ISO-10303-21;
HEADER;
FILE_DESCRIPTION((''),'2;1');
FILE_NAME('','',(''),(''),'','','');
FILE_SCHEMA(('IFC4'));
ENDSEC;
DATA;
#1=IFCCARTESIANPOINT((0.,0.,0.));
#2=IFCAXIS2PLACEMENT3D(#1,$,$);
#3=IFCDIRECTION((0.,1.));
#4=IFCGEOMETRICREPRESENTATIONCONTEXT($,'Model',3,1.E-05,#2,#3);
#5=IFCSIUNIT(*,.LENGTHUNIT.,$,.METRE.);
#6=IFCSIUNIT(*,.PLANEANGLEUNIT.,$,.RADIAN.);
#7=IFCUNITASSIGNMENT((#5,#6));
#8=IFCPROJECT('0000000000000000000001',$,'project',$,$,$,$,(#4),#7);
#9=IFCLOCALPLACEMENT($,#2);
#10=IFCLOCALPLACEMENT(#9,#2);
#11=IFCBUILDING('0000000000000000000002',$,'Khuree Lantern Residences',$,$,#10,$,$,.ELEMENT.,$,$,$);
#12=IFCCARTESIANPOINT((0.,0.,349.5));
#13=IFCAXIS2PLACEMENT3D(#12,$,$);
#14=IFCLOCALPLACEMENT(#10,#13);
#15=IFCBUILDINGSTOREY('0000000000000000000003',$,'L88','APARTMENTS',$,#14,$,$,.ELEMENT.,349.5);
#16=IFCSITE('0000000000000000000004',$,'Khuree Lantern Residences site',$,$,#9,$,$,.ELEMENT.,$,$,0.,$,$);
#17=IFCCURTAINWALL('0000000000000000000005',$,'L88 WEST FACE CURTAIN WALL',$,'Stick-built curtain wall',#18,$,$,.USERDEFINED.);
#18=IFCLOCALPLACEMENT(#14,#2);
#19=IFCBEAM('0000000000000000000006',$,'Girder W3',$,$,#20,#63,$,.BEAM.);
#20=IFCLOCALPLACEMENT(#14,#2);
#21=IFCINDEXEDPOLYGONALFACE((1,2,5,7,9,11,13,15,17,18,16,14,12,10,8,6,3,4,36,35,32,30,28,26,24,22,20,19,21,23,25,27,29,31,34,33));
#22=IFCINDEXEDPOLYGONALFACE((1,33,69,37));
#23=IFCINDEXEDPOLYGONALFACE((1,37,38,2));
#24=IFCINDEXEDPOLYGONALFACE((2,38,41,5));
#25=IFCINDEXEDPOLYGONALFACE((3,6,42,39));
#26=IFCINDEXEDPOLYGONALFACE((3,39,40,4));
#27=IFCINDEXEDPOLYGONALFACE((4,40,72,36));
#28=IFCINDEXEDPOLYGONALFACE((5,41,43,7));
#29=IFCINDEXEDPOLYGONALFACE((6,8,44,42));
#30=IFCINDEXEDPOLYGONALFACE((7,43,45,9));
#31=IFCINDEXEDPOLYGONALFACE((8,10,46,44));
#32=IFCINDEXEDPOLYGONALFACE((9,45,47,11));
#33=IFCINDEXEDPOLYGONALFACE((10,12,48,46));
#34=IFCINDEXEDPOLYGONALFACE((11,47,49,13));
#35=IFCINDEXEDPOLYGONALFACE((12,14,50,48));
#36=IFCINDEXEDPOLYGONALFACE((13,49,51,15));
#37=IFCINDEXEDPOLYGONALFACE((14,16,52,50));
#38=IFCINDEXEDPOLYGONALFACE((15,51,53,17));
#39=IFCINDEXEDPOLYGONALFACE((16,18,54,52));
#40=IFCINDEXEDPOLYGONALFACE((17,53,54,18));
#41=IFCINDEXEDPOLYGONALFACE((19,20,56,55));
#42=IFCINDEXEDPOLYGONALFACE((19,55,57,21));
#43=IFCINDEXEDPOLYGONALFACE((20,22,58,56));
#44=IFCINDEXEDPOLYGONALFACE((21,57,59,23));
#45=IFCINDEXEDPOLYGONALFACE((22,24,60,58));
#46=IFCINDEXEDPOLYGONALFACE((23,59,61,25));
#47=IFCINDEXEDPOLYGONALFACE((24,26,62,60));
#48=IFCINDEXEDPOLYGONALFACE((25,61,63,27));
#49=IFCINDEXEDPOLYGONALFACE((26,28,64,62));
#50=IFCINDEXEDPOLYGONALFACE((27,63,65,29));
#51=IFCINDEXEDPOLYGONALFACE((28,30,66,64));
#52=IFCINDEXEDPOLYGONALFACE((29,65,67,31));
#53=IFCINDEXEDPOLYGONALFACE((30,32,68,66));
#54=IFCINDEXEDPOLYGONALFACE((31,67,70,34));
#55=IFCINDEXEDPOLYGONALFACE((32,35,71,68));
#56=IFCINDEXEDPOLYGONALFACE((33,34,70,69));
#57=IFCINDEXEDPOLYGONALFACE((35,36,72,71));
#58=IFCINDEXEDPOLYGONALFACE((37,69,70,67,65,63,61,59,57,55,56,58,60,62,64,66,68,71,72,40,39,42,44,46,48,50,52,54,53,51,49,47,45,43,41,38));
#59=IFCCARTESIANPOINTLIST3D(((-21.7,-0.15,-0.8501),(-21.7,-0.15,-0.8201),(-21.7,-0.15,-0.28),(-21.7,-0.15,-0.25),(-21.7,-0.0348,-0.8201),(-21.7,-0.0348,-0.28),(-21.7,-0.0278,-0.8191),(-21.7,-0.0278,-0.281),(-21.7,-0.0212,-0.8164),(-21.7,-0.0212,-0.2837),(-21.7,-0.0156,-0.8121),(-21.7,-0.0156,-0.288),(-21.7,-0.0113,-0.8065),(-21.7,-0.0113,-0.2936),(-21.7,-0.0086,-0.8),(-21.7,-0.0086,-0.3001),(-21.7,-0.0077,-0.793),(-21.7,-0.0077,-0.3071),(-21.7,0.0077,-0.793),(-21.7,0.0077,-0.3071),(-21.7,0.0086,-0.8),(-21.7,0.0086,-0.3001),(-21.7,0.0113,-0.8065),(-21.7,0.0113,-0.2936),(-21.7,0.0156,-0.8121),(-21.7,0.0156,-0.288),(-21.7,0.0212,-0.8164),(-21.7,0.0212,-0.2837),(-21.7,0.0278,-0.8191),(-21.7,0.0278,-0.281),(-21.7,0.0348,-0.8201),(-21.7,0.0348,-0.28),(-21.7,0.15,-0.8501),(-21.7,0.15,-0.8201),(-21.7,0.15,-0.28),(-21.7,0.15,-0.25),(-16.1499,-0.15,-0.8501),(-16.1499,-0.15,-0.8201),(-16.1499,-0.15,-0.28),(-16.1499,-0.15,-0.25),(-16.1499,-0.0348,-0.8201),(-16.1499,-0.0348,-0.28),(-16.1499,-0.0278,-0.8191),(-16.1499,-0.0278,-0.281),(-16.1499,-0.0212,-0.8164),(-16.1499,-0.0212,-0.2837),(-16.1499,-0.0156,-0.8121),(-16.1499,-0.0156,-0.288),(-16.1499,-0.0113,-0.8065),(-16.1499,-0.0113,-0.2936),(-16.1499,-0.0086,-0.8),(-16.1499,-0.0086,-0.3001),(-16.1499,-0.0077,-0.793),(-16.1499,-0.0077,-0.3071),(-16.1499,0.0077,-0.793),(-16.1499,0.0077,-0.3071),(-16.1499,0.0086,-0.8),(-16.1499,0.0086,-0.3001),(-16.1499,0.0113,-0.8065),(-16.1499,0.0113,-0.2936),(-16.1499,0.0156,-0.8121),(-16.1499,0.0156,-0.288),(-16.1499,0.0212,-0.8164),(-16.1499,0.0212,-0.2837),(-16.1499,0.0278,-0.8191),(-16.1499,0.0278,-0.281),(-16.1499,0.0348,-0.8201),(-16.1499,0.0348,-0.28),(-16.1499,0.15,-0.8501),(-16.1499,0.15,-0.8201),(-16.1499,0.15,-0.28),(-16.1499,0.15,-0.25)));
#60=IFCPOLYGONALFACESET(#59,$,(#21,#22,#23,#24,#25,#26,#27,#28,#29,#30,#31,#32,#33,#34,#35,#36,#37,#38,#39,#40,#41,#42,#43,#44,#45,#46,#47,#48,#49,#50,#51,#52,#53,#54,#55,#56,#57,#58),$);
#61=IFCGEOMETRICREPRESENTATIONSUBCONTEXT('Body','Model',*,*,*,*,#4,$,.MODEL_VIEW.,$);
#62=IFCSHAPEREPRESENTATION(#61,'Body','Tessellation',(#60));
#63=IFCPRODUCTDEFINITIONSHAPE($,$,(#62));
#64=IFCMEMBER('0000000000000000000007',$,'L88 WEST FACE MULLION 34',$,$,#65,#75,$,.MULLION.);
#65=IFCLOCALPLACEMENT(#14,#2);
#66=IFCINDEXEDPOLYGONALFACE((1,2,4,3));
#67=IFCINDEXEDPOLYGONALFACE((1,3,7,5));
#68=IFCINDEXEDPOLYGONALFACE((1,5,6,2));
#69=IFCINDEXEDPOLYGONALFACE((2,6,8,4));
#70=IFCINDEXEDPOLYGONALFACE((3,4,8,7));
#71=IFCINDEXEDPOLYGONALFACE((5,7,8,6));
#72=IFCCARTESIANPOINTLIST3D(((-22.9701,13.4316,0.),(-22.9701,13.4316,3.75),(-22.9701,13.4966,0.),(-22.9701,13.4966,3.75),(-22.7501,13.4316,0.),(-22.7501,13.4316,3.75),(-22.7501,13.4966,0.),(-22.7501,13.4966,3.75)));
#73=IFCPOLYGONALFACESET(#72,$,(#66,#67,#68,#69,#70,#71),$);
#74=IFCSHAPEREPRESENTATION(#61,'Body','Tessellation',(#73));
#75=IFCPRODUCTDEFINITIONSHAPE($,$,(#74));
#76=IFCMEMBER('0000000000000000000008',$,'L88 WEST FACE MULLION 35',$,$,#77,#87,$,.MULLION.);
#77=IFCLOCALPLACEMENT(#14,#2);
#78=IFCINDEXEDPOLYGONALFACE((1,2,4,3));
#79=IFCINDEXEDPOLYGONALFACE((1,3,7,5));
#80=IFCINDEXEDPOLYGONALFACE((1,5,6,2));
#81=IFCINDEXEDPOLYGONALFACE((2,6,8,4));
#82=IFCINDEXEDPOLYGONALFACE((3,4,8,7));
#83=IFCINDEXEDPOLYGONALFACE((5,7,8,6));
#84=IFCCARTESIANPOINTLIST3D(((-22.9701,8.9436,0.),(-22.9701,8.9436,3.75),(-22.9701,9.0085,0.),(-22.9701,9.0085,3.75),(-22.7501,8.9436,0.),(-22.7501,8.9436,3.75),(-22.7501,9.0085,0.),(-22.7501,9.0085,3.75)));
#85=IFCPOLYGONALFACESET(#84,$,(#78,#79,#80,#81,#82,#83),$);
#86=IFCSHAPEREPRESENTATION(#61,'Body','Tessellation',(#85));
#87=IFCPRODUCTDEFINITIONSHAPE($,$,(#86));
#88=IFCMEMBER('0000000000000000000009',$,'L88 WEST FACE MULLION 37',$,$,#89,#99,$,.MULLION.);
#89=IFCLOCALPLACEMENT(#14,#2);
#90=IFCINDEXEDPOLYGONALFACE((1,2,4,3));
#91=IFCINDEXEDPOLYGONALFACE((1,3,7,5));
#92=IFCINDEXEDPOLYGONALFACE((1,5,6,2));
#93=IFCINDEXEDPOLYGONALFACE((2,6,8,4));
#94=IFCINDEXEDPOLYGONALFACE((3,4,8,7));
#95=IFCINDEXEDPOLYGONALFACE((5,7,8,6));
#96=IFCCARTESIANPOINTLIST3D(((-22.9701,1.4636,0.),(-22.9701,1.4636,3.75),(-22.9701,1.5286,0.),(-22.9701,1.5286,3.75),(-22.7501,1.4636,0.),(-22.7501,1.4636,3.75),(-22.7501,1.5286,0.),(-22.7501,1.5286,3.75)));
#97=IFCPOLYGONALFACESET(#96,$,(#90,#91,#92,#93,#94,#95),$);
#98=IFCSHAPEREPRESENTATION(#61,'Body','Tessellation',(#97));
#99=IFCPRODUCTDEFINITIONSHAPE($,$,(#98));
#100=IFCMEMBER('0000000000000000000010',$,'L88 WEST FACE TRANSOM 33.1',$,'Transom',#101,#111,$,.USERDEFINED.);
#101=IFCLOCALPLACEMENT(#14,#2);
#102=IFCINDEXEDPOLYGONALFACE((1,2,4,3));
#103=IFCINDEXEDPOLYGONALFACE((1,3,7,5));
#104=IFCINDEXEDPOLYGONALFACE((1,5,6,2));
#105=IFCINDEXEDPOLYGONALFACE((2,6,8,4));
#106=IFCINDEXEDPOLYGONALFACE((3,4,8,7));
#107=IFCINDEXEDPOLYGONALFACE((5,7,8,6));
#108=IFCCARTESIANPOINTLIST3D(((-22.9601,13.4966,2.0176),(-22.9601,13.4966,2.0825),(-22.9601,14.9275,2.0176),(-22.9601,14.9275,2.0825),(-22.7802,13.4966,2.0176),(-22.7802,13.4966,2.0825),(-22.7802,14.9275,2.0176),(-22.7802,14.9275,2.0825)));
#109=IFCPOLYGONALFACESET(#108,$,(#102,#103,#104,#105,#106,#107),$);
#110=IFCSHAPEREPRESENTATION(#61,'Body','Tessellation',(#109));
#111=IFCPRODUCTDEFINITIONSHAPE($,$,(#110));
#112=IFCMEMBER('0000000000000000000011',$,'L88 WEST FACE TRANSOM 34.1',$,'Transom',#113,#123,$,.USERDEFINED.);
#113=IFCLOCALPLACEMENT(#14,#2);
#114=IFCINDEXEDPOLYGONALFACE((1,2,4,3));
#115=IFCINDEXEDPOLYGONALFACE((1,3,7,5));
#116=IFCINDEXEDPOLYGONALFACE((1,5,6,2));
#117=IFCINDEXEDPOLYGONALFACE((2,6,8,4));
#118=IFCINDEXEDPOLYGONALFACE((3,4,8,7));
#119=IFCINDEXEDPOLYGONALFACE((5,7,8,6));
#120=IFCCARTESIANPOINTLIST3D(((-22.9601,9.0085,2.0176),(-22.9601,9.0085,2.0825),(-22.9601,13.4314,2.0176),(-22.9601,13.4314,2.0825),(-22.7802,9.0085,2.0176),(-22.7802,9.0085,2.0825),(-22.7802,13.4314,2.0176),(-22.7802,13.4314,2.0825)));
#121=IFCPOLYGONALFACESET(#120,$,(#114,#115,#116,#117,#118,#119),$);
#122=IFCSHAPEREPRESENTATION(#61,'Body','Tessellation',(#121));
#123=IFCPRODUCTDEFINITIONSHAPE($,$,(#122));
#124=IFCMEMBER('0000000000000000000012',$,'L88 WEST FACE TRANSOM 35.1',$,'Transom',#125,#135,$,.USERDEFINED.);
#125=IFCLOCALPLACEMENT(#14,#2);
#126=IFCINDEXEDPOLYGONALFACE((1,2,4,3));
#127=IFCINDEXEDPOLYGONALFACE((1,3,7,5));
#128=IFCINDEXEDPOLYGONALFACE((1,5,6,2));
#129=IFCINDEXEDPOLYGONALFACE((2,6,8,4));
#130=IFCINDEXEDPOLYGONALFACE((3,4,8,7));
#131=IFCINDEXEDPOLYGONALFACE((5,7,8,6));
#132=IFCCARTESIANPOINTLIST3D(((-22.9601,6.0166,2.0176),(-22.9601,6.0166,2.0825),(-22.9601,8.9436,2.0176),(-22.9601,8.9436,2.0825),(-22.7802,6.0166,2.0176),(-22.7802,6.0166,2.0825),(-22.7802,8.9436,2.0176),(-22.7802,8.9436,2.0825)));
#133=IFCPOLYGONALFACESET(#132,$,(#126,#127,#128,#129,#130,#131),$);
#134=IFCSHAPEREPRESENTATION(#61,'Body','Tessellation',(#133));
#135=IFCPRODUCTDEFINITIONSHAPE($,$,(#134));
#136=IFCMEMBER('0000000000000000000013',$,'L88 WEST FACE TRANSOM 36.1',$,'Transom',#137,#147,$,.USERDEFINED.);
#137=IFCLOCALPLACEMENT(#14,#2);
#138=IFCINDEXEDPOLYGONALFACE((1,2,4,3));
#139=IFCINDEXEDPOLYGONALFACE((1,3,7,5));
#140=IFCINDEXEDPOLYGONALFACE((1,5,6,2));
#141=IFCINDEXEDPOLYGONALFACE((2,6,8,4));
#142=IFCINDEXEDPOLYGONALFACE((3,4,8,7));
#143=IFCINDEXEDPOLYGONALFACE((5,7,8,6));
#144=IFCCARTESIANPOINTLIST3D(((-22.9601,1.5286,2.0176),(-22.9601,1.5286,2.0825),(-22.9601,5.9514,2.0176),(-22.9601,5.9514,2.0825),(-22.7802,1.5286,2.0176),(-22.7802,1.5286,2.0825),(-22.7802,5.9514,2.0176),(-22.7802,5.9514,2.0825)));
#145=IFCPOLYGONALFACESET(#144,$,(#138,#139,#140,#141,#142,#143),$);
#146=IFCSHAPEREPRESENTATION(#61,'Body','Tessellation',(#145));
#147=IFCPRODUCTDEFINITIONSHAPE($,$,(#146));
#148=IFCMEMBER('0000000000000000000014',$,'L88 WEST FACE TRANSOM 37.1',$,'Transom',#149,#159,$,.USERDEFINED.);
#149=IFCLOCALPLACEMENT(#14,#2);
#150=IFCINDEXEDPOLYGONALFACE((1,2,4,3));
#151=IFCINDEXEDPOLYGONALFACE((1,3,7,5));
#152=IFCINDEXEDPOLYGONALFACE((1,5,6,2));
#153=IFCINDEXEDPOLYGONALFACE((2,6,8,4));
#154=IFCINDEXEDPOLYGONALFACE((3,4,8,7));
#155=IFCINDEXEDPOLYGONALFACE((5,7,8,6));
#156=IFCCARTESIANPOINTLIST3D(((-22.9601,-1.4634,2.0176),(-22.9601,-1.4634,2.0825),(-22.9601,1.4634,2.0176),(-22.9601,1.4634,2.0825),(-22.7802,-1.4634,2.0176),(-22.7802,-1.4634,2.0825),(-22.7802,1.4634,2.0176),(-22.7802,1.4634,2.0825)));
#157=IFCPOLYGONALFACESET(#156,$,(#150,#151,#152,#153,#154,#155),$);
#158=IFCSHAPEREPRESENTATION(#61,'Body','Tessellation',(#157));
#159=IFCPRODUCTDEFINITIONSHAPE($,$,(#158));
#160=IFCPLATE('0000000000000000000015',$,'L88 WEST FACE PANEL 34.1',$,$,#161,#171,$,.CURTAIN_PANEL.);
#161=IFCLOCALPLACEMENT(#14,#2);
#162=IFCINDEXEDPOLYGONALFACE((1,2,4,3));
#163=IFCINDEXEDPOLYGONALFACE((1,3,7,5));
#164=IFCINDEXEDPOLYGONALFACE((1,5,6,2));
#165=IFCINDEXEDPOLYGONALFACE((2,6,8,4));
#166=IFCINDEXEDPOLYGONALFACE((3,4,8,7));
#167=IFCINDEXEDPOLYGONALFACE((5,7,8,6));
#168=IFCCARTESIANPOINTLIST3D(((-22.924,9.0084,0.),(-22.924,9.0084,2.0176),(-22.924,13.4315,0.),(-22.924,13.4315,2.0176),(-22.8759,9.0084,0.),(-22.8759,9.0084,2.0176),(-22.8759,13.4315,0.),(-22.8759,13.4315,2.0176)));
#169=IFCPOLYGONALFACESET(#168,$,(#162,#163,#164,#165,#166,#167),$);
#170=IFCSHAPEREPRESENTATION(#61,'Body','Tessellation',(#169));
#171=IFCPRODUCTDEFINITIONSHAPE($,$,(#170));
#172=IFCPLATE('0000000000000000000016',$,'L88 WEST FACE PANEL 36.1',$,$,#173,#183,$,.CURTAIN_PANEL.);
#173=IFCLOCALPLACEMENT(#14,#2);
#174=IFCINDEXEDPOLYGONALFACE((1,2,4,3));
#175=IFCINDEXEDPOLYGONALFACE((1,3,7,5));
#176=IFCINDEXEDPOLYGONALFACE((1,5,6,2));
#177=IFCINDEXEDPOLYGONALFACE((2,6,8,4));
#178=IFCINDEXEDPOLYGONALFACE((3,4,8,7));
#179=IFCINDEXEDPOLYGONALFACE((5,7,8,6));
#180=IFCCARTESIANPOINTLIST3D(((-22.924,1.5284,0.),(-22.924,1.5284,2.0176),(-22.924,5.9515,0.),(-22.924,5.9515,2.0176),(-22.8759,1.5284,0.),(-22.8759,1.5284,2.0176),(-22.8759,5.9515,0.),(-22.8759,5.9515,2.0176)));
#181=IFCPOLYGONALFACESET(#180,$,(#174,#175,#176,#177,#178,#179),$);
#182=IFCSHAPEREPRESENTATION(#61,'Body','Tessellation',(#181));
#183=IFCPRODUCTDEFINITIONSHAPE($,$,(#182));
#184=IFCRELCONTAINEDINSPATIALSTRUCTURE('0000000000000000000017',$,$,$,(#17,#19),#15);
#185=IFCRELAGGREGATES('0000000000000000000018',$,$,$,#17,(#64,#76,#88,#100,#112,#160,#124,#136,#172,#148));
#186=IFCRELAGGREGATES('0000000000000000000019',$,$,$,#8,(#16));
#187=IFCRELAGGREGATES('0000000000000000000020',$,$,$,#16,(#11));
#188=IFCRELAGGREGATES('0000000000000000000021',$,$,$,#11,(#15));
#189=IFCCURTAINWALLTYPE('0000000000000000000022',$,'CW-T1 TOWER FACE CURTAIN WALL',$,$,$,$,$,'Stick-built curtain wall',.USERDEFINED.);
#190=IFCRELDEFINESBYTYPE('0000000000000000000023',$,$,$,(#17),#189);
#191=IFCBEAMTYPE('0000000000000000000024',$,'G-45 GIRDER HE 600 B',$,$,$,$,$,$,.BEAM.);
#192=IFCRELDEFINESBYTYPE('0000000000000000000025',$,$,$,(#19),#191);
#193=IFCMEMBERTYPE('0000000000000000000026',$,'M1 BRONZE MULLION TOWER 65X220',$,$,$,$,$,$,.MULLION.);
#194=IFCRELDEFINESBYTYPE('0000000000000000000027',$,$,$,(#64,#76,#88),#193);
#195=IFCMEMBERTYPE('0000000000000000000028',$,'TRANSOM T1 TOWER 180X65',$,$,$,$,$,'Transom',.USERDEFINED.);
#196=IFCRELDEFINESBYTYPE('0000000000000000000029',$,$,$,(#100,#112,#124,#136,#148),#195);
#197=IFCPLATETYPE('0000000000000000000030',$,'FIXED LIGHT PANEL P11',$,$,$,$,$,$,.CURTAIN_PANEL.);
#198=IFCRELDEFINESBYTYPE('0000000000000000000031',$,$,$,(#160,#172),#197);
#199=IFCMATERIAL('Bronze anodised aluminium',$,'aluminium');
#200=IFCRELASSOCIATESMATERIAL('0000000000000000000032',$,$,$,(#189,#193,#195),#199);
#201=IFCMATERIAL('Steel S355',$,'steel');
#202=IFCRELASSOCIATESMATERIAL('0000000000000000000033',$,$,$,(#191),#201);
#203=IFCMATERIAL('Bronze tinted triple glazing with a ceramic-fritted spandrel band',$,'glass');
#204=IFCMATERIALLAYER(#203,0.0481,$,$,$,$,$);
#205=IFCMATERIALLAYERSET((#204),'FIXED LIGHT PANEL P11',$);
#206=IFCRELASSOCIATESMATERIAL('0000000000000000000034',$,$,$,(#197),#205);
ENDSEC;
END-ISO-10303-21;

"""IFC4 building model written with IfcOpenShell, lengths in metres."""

from ifc_helpers import new_model, si_unit, direction, frame, origin, origin_2d, place, context, subcontext, project, spatial, rectangle, i_section, extrude, material, layer, layer_set, material_profile, profile_set, type_object, element, aggregate, save


model = new_model("IFC4")

# Units and contexts
model_context = context("Model", 3, precision=1e-05, world=origin(), true_north=direction((0.0, 1.0)))
body_context = subcontext(model_context, "Body", "Model", "MODEL_VIEW")
ifc_project = project(units=[si_unit("LENGTHUNIT", "METRE"), si_unit("PLANEANGLEUNIT", "RADIAN")], contexts=[model_context])

# Site, building, storey
site_placement = place(None, origin())
site = spatial("IfcSite", under=ifc_project, at=site_placement, Name="Khuree Lantern Residences site", CompositionType="ELEMENT", RefElevation=0.0)
building_placement = place(site_placement, origin())
building = spatial("IfcBuilding", under=site, at=building_placement, Name="Khuree Lantern Residences", CompositionType="ELEMENT")
storey_placement = place(building_placement, frame((0.0, 0.0, 349.5)))
storey = spatial("IfcBuildingStorey", under=building, at=storey_placement, Name="L88", Description="APARTMENTS", CompositionType="ELEMENT", Elevation=349.5)

# Shared definitions
ifc_material_1 = material(Name="Steel S355", Category="steel")

# Curtain wall
ifc_material_2 = material(Name="Bronze anodised aluminium", Category="aluminium")
curtain_wall_type = type_object("IfcCurtainWallType", Name="CW-T1 TOWER FACE CURTAIN WALL", ElementType="Stick-built curtain wall", PredefinedType="USERDEFINED", material=ifc_material_2)
curtain_wall_placement = place(storey_placement, origin())
curtain_wall = element("IfcCurtainWall", 1, at=curtain_wall_placement, inside=storey, type_object=curtain_wall_type, Name="L88 WEST FACE CURTAIN WALL", ObjectType="Stick-built curtain wall", PredefinedType="USERDEFINED")

# Beam
ifc_material_profile_1 = material_profile(ifc_material_1, i_section(OverallWidth=0.3, OverallDepth=0.6001, WebThickness=0.0154, FlangeThickness=0.03, FilletRadius=0.0271, at=origin_2d()), Name="HE 600 B")
ifc_profile_set_1 = profile_set([ifc_material_profile_1], Name="Steel S355")
beam_type_1 = type_object("IfcBeamType", Name="G-45 GIRDER HE 600 B", PredefinedType="BEAM", material=ifc_profile_set_1)
beam_1_placement = place(storey_placement, frame((-21.7, 0.0, -0.55), z_axis=(1.0, 0.0, 0.0), x_axis=(0.0, 1.0, 0.0)))
element("IfcBeam", 2, at=beam_1_placement, inside=storey, type_object=beam_type_1, Name="Girder W3", PredefinedType="BEAM", context=body_context, shape_type="SweptSolid", body=[
    extrude(i_section(OverallWidth=0.3, OverallDepth=0.6001, WebThickness=0.0154, FlangeThickness=0.03, FilletRadius=0.0271, at=origin_2d()), origin(), (0.0, 0.0, 1.0), 5.55),
])

# Members
ifc_material_profile_2 = material_profile(ifc_material_2, rectangle(XDim=0.0649, YDim=0.22, at=origin_2d()), Name="M1 65X220")
ifc_profile_set_2 = profile_set([ifc_material_profile_2], Name="Bronze anodised aluminium")
member_type_1 = type_object("IfcMemberType", Name="M1 BRONZE MULLION TOWER 65X220", PredefinedType="MULLION", material=ifc_profile_set_2)
member_1_placement = place(storey_placement, frame((-22.8601, 13.4641, 0.0), z_axis=(0.0, 0.0, 1.0), x_axis=(0.0, -1.0, 0.0)))
member_1 = element("IfcMember", 3, at=member_1_placement, type_object=member_type_1, Name="L88 WEST FACE MULLION 34", PredefinedType="MULLION", context=body_context, shape_type="SweptSolid", body=[
    extrude(rectangle(XDim=0.0649, YDim=0.22, at=origin_2d()), origin(), (0.0, 0.0, 1.0), 3.75),
])
member_2_placement = place(storey_placement, frame((-22.8601, 8.9761, 0.0), z_axis=(0.0, 0.0, 1.0), x_axis=(0.0, -1.0, 0.0)))
member_2 = element("IfcMember", 4, at=member_2_placement, type_object=member_type_1, Name="L88 WEST FACE MULLION 35", PredefinedType="MULLION", context=body_context, shape_type="SweptSolid", body=[
    extrude(rectangle(XDim=0.0649, YDim=0.22, at=origin_2d()), origin(), (0.0, 0.0, 1.0), 3.75),
])
member_3_placement = place(storey_placement, frame((-22.8601, 1.4961, 0.0), z_axis=(0.0, 0.0, 1.0), x_axis=(0.0, -1.0, 0.0)))
member_3 = element("IfcMember", 5, at=member_3_placement, type_object=member_type_1, Name="L88 WEST FACE MULLION 37", PredefinedType="MULLION", context=body_context, shape_type="SweptSolid", body=[
    extrude(rectangle(XDim=0.0649, YDim=0.22, at=origin_2d()), origin(), (0.0, 0.0, 1.0), 3.75),
])
ifc_material_profile_3 = material_profile(ifc_material_2, rectangle(XDim=0.1799, YDim=0.0649, at=origin_2d()), Name="T1 180X65")
ifc_profile_set_3 = profile_set([ifc_material_profile_3], Name="Bronze anodised aluminium")
member_type_2 = type_object("IfcMemberType", Name="TRANSOM T1 TOWER 180X65", ElementType="Transom", PredefinedType="USERDEFINED", material=ifc_profile_set_3)
member_4_placement = place(storey_placement, frame((-22.8701, 14.9275, 2.05), z_axis=(0.0, -1.0, 0.0), x_axis=(1.0, 0.0, 0.0)))
member_4 = element("IfcMember", 6, at=member_4_placement, type_object=member_type_2, Name="L88 WEST FACE TRANSOM 33.1", ObjectType="Transom", PredefinedType="USERDEFINED", context=body_context, shape_type="SweptSolid", body=[
    extrude(rectangle(XDim=0.1799, YDim=0.0649, at=origin_2d()), origin(), (0.0, 0.0, 1.0), 1.4309),
])
member_5_placement = place(storey_placement, frame((-22.8701, 13.4314, 2.05), z_axis=(0.0, -1.0, 0.0), x_axis=(1.0, 0.0, 0.0)))
member_5 = element("IfcMember", 7, at=member_5_placement, type_object=member_type_2, Name="L88 WEST FACE TRANSOM 34.1", ObjectType="Transom", PredefinedType="USERDEFINED", context=body_context, shape_type="SweptSolid", body=[
    extrude(rectangle(XDim=0.1799, YDim=0.0649, at=origin_2d()), origin(), (0.0, 0.0, 1.0), 4.4229),
])
member_6_placement = place(storey_placement, frame((-22.8701, 8.9436, 2.05), z_axis=(0.0, -1.0, 0.0), x_axis=(1.0, 0.0, 0.0)))
member_6 = element("IfcMember", 8, at=member_6_placement, type_object=member_type_2, Name="L88 WEST FACE TRANSOM 35.1", ObjectType="Transom", PredefinedType="USERDEFINED", context=body_context, shape_type="SweptSolid", body=[
    extrude(rectangle(XDim=0.1799, YDim=0.0649, at=origin_2d()), origin(), (0.0, 0.0, 1.0), 2.927),
])
member_7_placement = place(storey_placement, frame((-22.8701, 5.9514, 2.05), z_axis=(0.0, -1.0, 0.0), x_axis=(1.0, 0.0, 0.0)))
member_7 = element("IfcMember", 9, at=member_7_placement, type_object=member_type_2, Name="L88 WEST FACE TRANSOM 36.1", ObjectType="Transom", PredefinedType="USERDEFINED", context=body_context, shape_type="SweptSolid", body=[
    extrude(rectangle(XDim=0.1799, YDim=0.0649, at=origin_2d()), origin(), (0.0, 0.0, 1.0), 4.4229),
])
member_8_placement = place(storey_placement, frame((-22.8701, 1.4634, 2.05), z_axis=(0.0, -1.0, 0.0), x_axis=(1.0, 0.0, 0.0)))
member_8 = element("IfcMember", 10, at=member_8_placement, type_object=member_type_2, Name="L88 WEST FACE TRANSOM 37.1", ObjectType="Transom", PredefinedType="USERDEFINED", context=body_context, shape_type="SweptSolid", body=[
    extrude(rectangle(XDim=0.1799, YDim=0.0649, at=origin_2d()), origin(), (0.0, 0.0, 1.0), 2.9268),
])

# Plates
ifc_material_3 = material(Name="Bronze tinted triple glazing with a ceramic-fritted spandrel band", Category="glass")
ifc_layer_1 = layer(ifc_material_3, 0.0481)
ifc_layer_set_1 = layer_set([ifc_layer_1], Name="FIXED LIGHT PANEL P11")
plate_type_1 = type_object("IfcPlateType", Name="FIXED LIGHT PANEL P11", PredefinedType="CURTAIN_PANEL", material=ifc_layer_set_1)
plate_1_placement = place(storey_placement, frame((-22.8999, 11.22, 0.0), z_axis=(0.0, 0.0, 1.0), x_axis=(0.0, -1.0, 0.0)))
plate_1 = element("IfcPlate", 11, at=plate_1_placement, type_object=plate_type_1, Name="L88 WEST FACE PANEL 34.1", PredefinedType="CURTAIN_PANEL", context=body_context, shape_type="SweptSolid", body=[
    extrude(rectangle(XDim=4.4231, YDim=0.0481, at=origin_2d()), origin(), (0.0, 0.0, 1.0), 2.0176),
])
plate_2_placement = place(storey_placement, frame((-22.8999, 3.74, 0.0), z_axis=(0.0, 0.0, 1.0), x_axis=(0.0, -1.0, 0.0)))
plate_2 = element("IfcPlate", 12, at=plate_2_placement, type_object=plate_type_1, Name="L88 WEST FACE PANEL 36.1", PredefinedType="CURTAIN_PANEL", context=body_context, shape_type="SweptSolid", body=[
    extrude(rectangle(XDim=4.4231, YDim=0.0481, at=origin_2d()), origin(), (0.0, 0.0, 1.0), 2.0176),
])
aggregate(curtain_wall, [member_1, member_2, member_3, member_4, member_5, plate_1, member_6, member_7, plate_2, member_8])

save(model, "model.ifc")
